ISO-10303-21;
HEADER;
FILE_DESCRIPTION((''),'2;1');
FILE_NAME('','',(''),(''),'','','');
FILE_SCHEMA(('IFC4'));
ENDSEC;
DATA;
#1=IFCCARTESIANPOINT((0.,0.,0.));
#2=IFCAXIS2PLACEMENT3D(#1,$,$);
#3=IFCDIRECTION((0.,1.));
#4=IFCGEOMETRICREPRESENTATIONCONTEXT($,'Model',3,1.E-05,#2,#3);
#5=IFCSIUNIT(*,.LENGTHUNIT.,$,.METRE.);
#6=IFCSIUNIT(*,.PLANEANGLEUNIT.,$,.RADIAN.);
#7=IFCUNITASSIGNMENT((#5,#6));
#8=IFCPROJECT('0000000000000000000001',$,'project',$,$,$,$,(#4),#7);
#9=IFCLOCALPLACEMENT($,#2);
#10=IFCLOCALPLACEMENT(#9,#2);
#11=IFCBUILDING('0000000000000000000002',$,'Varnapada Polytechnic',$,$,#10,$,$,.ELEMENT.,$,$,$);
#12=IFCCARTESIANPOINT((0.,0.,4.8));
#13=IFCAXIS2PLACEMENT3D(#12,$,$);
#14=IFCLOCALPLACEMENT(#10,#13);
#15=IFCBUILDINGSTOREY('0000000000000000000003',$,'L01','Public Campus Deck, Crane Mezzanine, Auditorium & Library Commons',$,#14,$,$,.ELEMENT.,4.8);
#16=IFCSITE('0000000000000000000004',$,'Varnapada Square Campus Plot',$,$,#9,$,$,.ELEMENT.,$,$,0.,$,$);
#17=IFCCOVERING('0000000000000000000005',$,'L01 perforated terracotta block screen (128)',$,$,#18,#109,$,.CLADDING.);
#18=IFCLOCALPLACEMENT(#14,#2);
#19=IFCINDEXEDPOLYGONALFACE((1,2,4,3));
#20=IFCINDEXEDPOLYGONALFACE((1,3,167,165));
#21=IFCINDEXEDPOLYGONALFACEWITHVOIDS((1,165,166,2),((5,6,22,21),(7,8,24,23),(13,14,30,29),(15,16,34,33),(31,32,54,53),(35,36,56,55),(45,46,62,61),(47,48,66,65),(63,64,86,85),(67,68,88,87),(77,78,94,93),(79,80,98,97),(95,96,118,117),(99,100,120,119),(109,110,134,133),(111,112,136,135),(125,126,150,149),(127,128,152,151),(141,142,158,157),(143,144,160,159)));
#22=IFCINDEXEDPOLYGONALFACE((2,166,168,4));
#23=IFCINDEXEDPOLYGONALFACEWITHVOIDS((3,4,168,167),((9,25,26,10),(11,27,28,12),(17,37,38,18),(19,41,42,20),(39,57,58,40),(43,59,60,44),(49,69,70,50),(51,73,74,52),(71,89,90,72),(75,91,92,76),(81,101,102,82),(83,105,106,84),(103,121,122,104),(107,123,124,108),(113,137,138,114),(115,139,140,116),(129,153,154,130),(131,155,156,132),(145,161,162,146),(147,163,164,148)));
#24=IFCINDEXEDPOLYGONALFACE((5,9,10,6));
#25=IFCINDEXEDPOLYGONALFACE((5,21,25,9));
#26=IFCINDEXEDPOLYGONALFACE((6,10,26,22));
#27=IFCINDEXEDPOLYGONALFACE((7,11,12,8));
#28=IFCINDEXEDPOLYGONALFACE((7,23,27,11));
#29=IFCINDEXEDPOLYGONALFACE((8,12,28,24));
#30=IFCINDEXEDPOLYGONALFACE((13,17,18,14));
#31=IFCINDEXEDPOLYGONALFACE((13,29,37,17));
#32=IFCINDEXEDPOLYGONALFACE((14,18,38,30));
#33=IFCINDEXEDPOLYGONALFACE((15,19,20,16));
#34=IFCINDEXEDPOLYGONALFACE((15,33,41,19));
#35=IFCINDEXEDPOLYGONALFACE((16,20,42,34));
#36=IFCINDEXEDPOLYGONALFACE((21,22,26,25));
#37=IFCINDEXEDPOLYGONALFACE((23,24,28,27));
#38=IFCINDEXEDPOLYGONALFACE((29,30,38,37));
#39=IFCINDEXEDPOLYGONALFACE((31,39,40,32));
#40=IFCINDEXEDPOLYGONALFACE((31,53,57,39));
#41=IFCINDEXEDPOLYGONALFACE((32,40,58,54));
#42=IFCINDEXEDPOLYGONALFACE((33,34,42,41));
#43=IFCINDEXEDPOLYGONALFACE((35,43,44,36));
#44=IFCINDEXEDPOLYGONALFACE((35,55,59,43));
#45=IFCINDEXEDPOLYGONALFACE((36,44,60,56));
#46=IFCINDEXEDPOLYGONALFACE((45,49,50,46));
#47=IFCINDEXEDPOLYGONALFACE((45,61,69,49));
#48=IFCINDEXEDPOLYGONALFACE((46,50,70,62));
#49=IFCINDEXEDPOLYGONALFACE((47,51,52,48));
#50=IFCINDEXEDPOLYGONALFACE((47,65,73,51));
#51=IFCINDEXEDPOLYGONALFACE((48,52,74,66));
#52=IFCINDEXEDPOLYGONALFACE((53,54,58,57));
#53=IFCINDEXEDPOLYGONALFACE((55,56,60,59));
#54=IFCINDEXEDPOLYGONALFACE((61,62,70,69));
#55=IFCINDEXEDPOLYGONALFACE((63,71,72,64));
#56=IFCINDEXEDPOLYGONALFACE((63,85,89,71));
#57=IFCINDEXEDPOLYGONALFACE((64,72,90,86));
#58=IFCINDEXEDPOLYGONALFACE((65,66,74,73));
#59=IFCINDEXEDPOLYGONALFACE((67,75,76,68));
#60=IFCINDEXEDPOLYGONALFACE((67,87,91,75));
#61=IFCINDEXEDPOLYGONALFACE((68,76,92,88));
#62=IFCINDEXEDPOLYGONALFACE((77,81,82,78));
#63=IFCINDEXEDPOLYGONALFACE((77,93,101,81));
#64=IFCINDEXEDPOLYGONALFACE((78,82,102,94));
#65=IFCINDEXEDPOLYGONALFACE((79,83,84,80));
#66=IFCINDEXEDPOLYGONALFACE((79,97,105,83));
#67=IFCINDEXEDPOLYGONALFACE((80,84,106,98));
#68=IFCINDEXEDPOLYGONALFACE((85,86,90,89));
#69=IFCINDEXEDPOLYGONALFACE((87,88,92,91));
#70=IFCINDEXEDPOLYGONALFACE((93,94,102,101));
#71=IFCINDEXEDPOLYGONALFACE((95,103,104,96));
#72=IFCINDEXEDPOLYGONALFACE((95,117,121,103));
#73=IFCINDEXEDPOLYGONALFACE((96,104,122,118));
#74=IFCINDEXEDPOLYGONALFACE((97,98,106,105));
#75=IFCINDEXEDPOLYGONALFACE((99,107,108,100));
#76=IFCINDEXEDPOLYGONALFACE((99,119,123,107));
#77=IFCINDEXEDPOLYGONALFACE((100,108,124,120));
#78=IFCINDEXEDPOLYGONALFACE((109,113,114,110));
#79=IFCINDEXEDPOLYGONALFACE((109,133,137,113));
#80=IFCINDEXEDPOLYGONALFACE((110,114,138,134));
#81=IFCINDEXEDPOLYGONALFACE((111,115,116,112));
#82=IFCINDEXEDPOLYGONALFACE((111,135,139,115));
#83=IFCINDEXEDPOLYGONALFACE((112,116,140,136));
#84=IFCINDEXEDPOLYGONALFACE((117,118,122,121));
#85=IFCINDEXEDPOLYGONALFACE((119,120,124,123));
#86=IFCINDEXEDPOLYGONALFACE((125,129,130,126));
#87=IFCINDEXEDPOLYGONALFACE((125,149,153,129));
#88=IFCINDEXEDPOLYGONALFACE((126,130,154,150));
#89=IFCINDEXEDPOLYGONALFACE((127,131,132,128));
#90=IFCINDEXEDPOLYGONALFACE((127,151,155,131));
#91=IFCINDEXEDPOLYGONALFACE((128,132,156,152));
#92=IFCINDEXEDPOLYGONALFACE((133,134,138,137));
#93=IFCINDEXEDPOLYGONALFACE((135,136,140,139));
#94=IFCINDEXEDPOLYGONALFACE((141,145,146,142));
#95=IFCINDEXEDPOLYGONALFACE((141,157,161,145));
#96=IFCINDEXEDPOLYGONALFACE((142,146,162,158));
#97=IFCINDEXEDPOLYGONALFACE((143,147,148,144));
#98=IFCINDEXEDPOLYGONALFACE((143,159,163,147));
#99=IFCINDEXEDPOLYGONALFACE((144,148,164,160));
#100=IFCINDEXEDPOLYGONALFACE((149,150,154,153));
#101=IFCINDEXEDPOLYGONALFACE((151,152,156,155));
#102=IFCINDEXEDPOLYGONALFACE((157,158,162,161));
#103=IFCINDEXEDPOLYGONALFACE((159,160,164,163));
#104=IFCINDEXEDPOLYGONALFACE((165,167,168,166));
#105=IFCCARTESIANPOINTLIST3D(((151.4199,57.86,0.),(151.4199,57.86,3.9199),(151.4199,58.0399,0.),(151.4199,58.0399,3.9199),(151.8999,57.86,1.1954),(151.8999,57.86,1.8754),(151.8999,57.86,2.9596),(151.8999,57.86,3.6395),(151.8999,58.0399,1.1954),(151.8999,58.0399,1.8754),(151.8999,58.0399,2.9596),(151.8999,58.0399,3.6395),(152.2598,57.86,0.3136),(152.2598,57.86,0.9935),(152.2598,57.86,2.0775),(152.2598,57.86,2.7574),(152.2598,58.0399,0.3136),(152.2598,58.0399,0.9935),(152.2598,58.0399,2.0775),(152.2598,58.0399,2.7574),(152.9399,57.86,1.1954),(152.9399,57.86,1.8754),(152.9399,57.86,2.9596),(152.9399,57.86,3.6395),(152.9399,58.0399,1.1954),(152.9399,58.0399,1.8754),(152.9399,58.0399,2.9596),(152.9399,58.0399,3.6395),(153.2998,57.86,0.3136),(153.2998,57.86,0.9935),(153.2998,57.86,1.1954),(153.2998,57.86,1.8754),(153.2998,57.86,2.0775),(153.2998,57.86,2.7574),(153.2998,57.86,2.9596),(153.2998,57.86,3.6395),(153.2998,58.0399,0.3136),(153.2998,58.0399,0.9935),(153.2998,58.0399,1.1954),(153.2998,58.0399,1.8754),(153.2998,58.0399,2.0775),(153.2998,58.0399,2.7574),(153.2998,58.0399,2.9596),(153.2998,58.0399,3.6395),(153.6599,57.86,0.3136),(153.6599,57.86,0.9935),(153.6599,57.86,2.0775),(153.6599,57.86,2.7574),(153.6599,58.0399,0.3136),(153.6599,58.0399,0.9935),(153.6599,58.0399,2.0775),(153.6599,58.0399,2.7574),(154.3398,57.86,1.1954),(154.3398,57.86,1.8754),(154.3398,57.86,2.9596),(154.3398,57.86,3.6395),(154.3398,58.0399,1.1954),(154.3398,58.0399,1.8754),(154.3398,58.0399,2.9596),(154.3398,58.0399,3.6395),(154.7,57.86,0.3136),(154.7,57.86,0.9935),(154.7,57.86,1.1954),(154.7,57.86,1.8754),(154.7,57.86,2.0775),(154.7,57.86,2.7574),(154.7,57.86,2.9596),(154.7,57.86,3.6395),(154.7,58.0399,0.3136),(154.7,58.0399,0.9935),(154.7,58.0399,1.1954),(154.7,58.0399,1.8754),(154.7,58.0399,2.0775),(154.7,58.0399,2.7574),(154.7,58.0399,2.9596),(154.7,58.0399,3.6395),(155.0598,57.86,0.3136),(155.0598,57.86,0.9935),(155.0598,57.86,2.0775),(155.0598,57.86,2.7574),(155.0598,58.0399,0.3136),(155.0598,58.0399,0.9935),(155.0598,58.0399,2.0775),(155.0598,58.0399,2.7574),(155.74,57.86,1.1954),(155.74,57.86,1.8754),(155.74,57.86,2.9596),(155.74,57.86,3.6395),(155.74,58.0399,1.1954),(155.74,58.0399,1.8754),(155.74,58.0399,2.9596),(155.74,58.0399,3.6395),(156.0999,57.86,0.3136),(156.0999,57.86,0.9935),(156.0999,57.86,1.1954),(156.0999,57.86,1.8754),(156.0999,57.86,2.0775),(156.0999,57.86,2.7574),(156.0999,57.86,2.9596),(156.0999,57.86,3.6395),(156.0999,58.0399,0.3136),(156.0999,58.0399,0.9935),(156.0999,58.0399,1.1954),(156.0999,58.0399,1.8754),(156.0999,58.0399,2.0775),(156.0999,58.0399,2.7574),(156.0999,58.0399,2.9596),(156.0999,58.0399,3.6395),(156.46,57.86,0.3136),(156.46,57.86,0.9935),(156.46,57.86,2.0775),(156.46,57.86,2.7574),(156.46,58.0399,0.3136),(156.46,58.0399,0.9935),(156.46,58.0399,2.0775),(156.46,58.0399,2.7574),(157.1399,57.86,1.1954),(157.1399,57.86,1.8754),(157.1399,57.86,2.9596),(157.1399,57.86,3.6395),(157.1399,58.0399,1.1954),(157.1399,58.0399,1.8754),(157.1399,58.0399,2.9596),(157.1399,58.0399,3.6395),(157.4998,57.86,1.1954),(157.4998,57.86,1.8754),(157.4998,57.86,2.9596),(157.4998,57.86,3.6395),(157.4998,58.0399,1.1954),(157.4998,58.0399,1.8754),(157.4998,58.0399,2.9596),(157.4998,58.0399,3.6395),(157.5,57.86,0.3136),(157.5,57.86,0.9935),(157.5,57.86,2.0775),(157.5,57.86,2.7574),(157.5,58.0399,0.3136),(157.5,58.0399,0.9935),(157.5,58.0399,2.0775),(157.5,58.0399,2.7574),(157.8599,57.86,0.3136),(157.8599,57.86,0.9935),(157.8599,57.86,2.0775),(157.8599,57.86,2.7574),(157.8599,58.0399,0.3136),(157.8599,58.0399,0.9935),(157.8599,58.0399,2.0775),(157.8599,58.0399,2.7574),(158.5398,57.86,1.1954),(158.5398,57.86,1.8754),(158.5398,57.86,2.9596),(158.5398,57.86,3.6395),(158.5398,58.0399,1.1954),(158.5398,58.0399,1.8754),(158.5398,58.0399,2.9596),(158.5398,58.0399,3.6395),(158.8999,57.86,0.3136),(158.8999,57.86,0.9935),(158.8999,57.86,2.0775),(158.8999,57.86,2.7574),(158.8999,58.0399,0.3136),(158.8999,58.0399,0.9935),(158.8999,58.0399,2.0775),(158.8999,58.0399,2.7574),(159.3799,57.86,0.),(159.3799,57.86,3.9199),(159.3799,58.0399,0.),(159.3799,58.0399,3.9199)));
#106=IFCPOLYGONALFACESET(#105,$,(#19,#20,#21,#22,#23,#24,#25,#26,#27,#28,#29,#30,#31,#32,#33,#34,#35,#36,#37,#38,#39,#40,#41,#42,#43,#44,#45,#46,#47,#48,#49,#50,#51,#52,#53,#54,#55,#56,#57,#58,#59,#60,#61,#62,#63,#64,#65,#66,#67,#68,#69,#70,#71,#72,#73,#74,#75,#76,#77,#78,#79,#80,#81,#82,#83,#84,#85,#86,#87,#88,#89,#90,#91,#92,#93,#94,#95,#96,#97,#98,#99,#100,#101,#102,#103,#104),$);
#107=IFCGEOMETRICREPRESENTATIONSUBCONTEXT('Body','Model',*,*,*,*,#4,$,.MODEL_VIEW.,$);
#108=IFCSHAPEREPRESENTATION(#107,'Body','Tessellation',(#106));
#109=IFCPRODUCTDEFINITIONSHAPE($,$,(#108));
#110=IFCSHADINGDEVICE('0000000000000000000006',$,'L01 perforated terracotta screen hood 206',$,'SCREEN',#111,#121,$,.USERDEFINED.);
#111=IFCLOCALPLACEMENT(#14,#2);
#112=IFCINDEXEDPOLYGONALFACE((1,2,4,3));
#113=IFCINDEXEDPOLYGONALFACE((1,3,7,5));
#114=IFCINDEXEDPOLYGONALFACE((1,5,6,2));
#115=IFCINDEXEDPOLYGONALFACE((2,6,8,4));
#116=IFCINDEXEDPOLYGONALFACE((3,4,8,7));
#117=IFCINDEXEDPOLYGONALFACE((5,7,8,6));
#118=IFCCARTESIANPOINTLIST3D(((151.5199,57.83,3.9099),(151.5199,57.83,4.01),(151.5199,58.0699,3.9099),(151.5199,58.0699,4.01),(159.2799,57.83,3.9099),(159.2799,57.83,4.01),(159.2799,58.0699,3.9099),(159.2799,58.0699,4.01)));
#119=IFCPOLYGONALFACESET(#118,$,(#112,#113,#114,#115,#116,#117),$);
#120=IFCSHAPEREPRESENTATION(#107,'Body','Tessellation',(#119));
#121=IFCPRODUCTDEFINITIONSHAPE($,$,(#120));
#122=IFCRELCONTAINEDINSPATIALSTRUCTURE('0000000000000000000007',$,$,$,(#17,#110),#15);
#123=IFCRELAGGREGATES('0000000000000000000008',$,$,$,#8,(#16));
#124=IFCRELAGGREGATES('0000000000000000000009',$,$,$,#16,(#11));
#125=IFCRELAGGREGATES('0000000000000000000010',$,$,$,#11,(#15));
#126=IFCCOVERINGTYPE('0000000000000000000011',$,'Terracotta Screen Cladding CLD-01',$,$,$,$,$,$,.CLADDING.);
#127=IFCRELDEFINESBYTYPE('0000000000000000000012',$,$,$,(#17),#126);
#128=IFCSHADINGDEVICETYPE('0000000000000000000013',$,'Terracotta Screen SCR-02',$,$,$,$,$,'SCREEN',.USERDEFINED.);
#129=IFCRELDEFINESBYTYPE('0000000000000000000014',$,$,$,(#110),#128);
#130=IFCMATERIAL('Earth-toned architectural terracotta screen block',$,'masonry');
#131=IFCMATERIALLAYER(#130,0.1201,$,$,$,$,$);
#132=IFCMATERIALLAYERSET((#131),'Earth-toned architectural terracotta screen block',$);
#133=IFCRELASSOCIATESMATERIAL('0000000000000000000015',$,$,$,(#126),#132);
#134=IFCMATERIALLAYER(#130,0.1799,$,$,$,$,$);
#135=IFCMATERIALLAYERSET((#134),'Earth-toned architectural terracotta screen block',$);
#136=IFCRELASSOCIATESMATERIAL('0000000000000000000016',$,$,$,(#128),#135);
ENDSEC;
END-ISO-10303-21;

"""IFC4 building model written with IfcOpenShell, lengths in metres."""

from ifc_helpers import new_model, si_unit, direction, frame, frame_2d, origin, origin_2d, place, context, subcontext, project, spatial, rectangle, extrude, material, layer, layer_set, type_object, element, save


model = new_model("IFC4")

# Units and contexts
model_context = context("Model", 3, precision=1e-05, world=origin(), true_north=direction((0.0, 1.0)))
body_context = subcontext(model_context, "Body", "Model", "MODEL_VIEW")
ifc_project = project(units=[si_unit("LENGTHUNIT", "METRE"), si_unit("PLANEANGLEUNIT", "RADIAN")], contexts=[model_context])

# Site, building, storey
site_placement = place(None, origin())
site = spatial("IfcSite", under=ifc_project, at=site_placement, Name="Varnapada Square Campus Plot", CompositionType="ELEMENT", RefElevation=0.0)
building_placement = place(site_placement, origin())
building = spatial("IfcBuilding", under=site, at=building_placement, Name="Varnapada Polytechnic", CompositionType="ELEMENT")
storey_placement = place(building_placement, frame((0.0, 0.0, 4.8)))
storey = spatial("IfcBuildingStorey", under=building, at=storey_placement, Name="L01", Description="Public Campus Deck, Crane Mezzanine, Auditorium & Library Commons", CompositionType="ELEMENT", Elevation=4.8)

# Covering, openings
ifc_material_1 = material(Name="Earth-toned architectural terracotta screen block", Category="masonry")
ifc_layer_1 = layer(ifc_material_1, 0.1201)
ifc_layer_set_1 = layer_set([ifc_layer_1], Name="Earth-toned architectural terracotta screen block")
covering_type = type_object("IfcCoveringType", Name="Terracotta Screen Cladding CLD-01", PredefinedType="CLADDING", material=ifc_layer_set_1)
covering_placement = place(storey_placement, frame((159.3799, 57.95, 0.0), z_axis=(0.0, 0.0, 1.0), x_axis=(-1.0, 0.0, 0.0)))
covering = element("IfcCovering", 1, at=covering_placement, inside=storey, type_object=covering_type, Name="L01 perforated terracotta block screen (128)", PredefinedType="CLADDING", context=body_context, shape_type="SweptSolid", body=[
    extrude(rectangle(XDim=7.96, YDim=0.1799, at=frame_2d((3.98, 0.0))), origin(), (0.0, 0.0, 1.0), 3.9199),
])
opening_1_placement = place(covering_placement, frame((0.48, 0.0, 0.3137)))
element("IfcOpeningElement", 2, at=opening_1_placement, cuts=covering, PredefinedType="OPENING", context=body_context, shape_type="SweptSolid", body=[
    extrude(rectangle(XDim=1.04, YDim=0.6799, at=frame_2d((0.52, 0.3398))), frame((0.0, 0.0999, 0.0), z_axis=(0.0, -1.0, 0.0), x_axis=(1.0, 0.0, 0.0)), (0.0, 0.0, 1.0), 0.2),
])
opening_2_placement = place(covering_placement, frame((1.8799, 0.0, 0.3137)))
element("IfcOpeningElement", 3, at=opening_2_placement, cuts=covering, PredefinedType="OPENING", context=body_context, shape_type="SweptSolid", body=[
    extrude(rectangle(XDim=1.04, YDim=0.6799, at=frame_2d((0.52, 0.3398))), frame((0.0, 0.0999, 0.0), z_axis=(0.0, -1.0, 0.0), x_axis=(1.0, 0.0, 0.0)), (0.0, 0.0, 1.0), 0.2),
])
opening_3_placement = place(covering_placement, frame((3.28, 0.0, 0.3137)))
element("IfcOpeningElement", 4, at=opening_3_placement, cuts=covering, PredefinedType="OPENING", context=body_context, shape_type="SweptSolid", body=[
    extrude(rectangle(XDim=1.04, YDim=0.6799, at=frame_2d((0.52, 0.3398))), frame((0.0, 0.0999, 0.0), z_axis=(0.0, -1.0, 0.0), x_axis=(1.0, 0.0, 0.0)), (0.0, 0.0, 1.0), 0.2),
])
opening_4_placement = place(covering_placement, frame((4.6799, 0.0, 0.3137)))
element("IfcOpeningElement", 5, at=opening_4_placement, cuts=covering, PredefinedType="OPENING", context=body_context, shape_type="SweptSolid", body=[
    extrude(rectangle(XDim=1.04, YDim=0.6799, at=frame_2d((0.52, 0.3398))), frame((0.0, 0.0999, 0.0), z_axis=(0.0, -1.0, 0.0), x_axis=(1.0, 0.0, 0.0)), (0.0, 0.0, 1.0), 0.2),
])
opening_5_placement = place(covering_placement, frame((6.0801, 0.0, 0.3137)))
element("IfcOpeningElement", 6, at=opening_5_placement, cuts=covering, PredefinedType="OPENING", context=body_context, shape_type="SweptSolid", body=[
    extrude(rectangle(XDim=1.04, YDim=0.6799, at=frame_2d((0.52, 0.3398))), frame((0.0, 0.0999, 0.0), z_axis=(0.0, -1.0, 0.0), x_axis=(1.0, 0.0, 0.0)), (0.0, 0.0, 1.0), 0.2),
])
opening_6_placement = place(covering_placement, frame((0.8401, 0.0, 1.1956)))
element("IfcOpeningElement", 7, at=opening_6_placement, cuts=covering, PredefinedType="OPENING", context=body_context, shape_type="SweptSolid", body=[
    extrude(rectangle(XDim=1.04, YDim=0.6799, at=frame_2d((0.52, 0.3398))), frame((0.0, 0.0999, 0.0), z_axis=(0.0, -1.0, 0.0), x_axis=(1.0, 0.0, 0.0)), (0.0, 0.0, 1.0), 0.2),
])
opening_7_placement = place(covering_placement, frame((2.24, 0.0, 1.1956)))
element("IfcOpeningElement", 8, at=opening_7_placement, cuts=covering, PredefinedType="OPENING", context=body_context, shape_type="SweptSolid", body=[
    extrude(rectangle(XDim=1.04, YDim=0.6799, at=frame_2d((0.52, 0.3398))), frame((0.0, 0.0999, 0.0), z_axis=(0.0, -1.0, 0.0), x_axis=(1.0, 0.0, 0.0)), (0.0, 0.0, 1.0), 0.2),
])
opening_8_placement = place(covering_placement, frame((3.6399, 0.0, 1.1956)))
element("IfcOpeningElement", 9, at=opening_8_placement, cuts=covering, PredefinedType="OPENING", context=body_context, shape_type="SweptSolid", body=[
    extrude(rectangle(XDim=1.04, YDim=0.6799, at=frame_2d((0.52, 0.3398))), frame((0.0, 0.0999, 0.0), z_axis=(0.0, -1.0, 0.0), x_axis=(1.0, 0.0, 0.0)), (0.0, 0.0, 1.0), 0.2),
])
opening_9_placement = place(covering_placement, frame((5.04, 0.0, 1.1956)))
element("IfcOpeningElement", 10, at=opening_9_placement, cuts=covering, PredefinedType="OPENING", context=body_context, shape_type="SweptSolid", body=[
    extrude(rectangle(XDim=1.04, YDim=0.6799, at=frame_2d((0.52, 0.3398))), frame((0.0, 0.0999, 0.0), z_axis=(0.0, -1.0, 0.0), x_axis=(1.0, 0.0, 0.0)), (0.0, 0.0, 1.0), 0.2),
])
opening_10_placement = place(covering_placement, frame((6.4399, 0.0, 1.1956)))
element("IfcOpeningElement", 11, at=opening_10_placement, cuts=covering, PredefinedType="OPENING", context=body_context, shape_type="SweptSolid", body=[
    extrude(rectangle(XDim=1.04, YDim=0.6799, at=frame_2d((0.52, 0.3398))), frame((0.0, 0.0999, 0.0), z_axis=(0.0, -1.0, 0.0), x_axis=(1.0, 0.0, 0.0)), (0.0, 0.0, 1.0), 0.2),
])
opening_11_placement = place(covering_placement, frame((0.48, 0.0, 2.0776)))
element("IfcOpeningElement", 12, at=opening_11_placement, cuts=covering, PredefinedType="OPENING", context=body_context, shape_type="SweptSolid", body=[
    extrude(rectangle(XDim=1.04, YDim=0.6799, at=frame_2d((0.52, 0.3398))), frame((0.0, 0.0999, 0.0), z_axis=(0.0, -1.0, 0.0), x_axis=(1.0, 0.0, 0.0)), (0.0, 0.0, 1.0), 0.2),
])
opening_12_placement = place(covering_placement, frame((1.8799, 0.0, 2.0776)))
element("IfcOpeningElement", 13, at=opening_12_placement, cuts=covering, PredefinedType="OPENING", context=body_context, shape_type="SweptSolid", body=[
    extrude(rectangle(XDim=1.04, YDim=0.6799, at=frame_2d((0.52, 0.3398))), frame((0.0, 0.0999, 0.0), z_axis=(0.0, -1.0, 0.0), x_axis=(1.0, 0.0, 0.0)), (0.0, 0.0, 1.0), 0.2),
])
opening_13_placement = place(covering_placement, frame((3.28, 0.0, 2.0776)))
element("IfcOpeningElement", 14, at=opening_13_placement, cuts=covering, PredefinedType="OPENING", context=body_context, shape_type="SweptSolid", body=[
    extrude(rectangle(XDim=1.04, YDim=0.6799, at=frame_2d((0.52, 0.3398))), frame((0.0, 0.0999, 0.0), z_axis=(0.0, -1.0, 0.0), x_axis=(1.0, 0.0, 0.0)), (0.0, 0.0, 1.0), 0.2),
])
opening_14_placement = place(covering_placement, frame((4.6799, 0.0, 2.0776)))
element("IfcOpeningElement", 15, at=opening_14_placement, cuts=covering, PredefinedType="OPENING", context=body_context, shape_type="SweptSolid", body=[
    extrude(rectangle(XDim=1.04, YDim=0.6799, at=frame_2d((0.52, 0.3398))), frame((0.0, 0.0999, 0.0), z_axis=(0.0, -1.0, 0.0), x_axis=(1.0, 0.0, 0.0)), (0.0, 0.0, 1.0), 0.2),
])
opening_15_placement = place(covering_placement, frame((6.0801, 0.0, 2.0776)))
element("IfcOpeningElement", 16, at=opening_15_placement, cuts=covering, PredefinedType="OPENING", context=body_context, shape_type="SweptSolid", body=[
    extrude(rectangle(XDim=1.04, YDim=0.6799, at=frame_2d((0.52, 0.3398))), frame((0.0, 0.0999, 0.0), z_axis=(0.0, -1.0, 0.0), x_axis=(1.0, 0.0, 0.0)), (0.0, 0.0, 1.0), 0.2),
])
opening_16_placement = place(covering_placement, frame((0.8401, 0.0, 2.9597)))
element("IfcOpeningElement", 17, at=opening_16_placement, cuts=covering, PredefinedType="OPENING", context=body_context, shape_type="SweptSolid", body=[
    extrude(rectangle(XDim=1.04, YDim=0.6799, at=frame_2d((0.52, 0.3398))), frame((0.0, 0.0999, 0.0), z_axis=(0.0, -1.0, 0.0), x_axis=(1.0, 0.0, 0.0)), (0.0, 0.0, 1.0), 0.2),
])
opening_17_placement = place(covering_placement, frame((2.24, 0.0, 2.9597)))
element("IfcOpeningElement", 18, at=opening_17_placement, cuts=covering, PredefinedType="OPENING", context=body_context, shape_type="SweptSolid", body=[
    extrude(rectangle(XDim=1.04, YDim=0.6799, at=frame_2d((0.52, 0.3398))), frame((0.0, 0.0999, 0.0), z_axis=(0.0, -1.0, 0.0), x_axis=(1.0, 0.0, 0.0)), (0.0, 0.0, 1.0), 0.2),
])
opening_18_placement = place(covering_placement, frame((3.6399, 0.0, 2.9597)))
element("IfcOpeningElement", 19, at=opening_18_placement, cuts=covering, PredefinedType="OPENING", context=body_context, shape_type="SweptSolid", body=[
    extrude(rectangle(XDim=1.04, YDim=0.6799, at=frame_2d((0.52, 0.3398))), frame((0.0, 0.0999, 0.0), z_axis=(0.0, -1.0, 0.0), x_axis=(1.0, 0.0, 0.0)), (0.0, 0.0, 1.0), 0.2),
])
opening_19_placement = place(covering_placement, frame((5.04, 0.0, 2.9597)))
element("IfcOpeningElement", 20, at=opening_19_placement, cuts=covering, PredefinedType="OPENING", context=body_context, shape_type="SweptSolid", body=[
    extrude(rectangle(XDim=1.04, YDim=0.6799, at=frame_2d((0.52, 0.3398))), frame((0.0, 0.0999, 0.0), z_axis=(0.0, -1.0, 0.0), x_axis=(1.0, 0.0, 0.0)), (0.0, 0.0, 1.0), 0.2),
])
opening_20_placement = place(covering_placement, frame((6.4399, 0.0, 2.9597)))
element("IfcOpeningElement", 21, at=opening_20_placement, cuts=covering, PredefinedType="OPENING", context=body_context, shape_type="SweptSolid", body=[
    extrude(rectangle(XDim=1.04, YDim=0.6799, at=frame_2d((0.52, 0.3398))), frame((0.0, 0.0999, 0.0), z_axis=(0.0, -1.0, 0.0), x_axis=(1.0, 0.0, 0.0)), (0.0, 0.0, 1.0), 0.2),
])

# Shading device
ifc_layer_2 = layer(ifc_material_1, 0.1799)
ifc_layer_set_2 = layer_set([ifc_layer_2], Name="Earth-toned architectural terracotta screen block")
shading_device_type = type_object("IfcShadingDeviceType", Name="Terracotta Screen SCR-02", ElementType="SCREEN", PredefinedType="USERDEFINED", material=ifc_layer_set_2)
shading_device_placement = place(storey_placement, frame((155.3999, 57.95, 3.9099), z_axis=(0.0, 0.0, 1.0), x_axis=(-1.0, 0.0, 0.0)))
element("IfcShadingDevice", 22, at=shading_device_placement, inside=storey, type_object=shading_device_type, Name="L01 perforated terracotta screen hood 206", ObjectType="SCREEN", PredefinedType="USERDEFINED", context=body_context, shape_type="SweptSolid", body=[
    extrude(rectangle(XDim=7.76, YDim=0.24, at=origin_2d()), origin(), (0.0, 0.0, 1.0), 0.1001),
])

save(model, "model.ifc")
